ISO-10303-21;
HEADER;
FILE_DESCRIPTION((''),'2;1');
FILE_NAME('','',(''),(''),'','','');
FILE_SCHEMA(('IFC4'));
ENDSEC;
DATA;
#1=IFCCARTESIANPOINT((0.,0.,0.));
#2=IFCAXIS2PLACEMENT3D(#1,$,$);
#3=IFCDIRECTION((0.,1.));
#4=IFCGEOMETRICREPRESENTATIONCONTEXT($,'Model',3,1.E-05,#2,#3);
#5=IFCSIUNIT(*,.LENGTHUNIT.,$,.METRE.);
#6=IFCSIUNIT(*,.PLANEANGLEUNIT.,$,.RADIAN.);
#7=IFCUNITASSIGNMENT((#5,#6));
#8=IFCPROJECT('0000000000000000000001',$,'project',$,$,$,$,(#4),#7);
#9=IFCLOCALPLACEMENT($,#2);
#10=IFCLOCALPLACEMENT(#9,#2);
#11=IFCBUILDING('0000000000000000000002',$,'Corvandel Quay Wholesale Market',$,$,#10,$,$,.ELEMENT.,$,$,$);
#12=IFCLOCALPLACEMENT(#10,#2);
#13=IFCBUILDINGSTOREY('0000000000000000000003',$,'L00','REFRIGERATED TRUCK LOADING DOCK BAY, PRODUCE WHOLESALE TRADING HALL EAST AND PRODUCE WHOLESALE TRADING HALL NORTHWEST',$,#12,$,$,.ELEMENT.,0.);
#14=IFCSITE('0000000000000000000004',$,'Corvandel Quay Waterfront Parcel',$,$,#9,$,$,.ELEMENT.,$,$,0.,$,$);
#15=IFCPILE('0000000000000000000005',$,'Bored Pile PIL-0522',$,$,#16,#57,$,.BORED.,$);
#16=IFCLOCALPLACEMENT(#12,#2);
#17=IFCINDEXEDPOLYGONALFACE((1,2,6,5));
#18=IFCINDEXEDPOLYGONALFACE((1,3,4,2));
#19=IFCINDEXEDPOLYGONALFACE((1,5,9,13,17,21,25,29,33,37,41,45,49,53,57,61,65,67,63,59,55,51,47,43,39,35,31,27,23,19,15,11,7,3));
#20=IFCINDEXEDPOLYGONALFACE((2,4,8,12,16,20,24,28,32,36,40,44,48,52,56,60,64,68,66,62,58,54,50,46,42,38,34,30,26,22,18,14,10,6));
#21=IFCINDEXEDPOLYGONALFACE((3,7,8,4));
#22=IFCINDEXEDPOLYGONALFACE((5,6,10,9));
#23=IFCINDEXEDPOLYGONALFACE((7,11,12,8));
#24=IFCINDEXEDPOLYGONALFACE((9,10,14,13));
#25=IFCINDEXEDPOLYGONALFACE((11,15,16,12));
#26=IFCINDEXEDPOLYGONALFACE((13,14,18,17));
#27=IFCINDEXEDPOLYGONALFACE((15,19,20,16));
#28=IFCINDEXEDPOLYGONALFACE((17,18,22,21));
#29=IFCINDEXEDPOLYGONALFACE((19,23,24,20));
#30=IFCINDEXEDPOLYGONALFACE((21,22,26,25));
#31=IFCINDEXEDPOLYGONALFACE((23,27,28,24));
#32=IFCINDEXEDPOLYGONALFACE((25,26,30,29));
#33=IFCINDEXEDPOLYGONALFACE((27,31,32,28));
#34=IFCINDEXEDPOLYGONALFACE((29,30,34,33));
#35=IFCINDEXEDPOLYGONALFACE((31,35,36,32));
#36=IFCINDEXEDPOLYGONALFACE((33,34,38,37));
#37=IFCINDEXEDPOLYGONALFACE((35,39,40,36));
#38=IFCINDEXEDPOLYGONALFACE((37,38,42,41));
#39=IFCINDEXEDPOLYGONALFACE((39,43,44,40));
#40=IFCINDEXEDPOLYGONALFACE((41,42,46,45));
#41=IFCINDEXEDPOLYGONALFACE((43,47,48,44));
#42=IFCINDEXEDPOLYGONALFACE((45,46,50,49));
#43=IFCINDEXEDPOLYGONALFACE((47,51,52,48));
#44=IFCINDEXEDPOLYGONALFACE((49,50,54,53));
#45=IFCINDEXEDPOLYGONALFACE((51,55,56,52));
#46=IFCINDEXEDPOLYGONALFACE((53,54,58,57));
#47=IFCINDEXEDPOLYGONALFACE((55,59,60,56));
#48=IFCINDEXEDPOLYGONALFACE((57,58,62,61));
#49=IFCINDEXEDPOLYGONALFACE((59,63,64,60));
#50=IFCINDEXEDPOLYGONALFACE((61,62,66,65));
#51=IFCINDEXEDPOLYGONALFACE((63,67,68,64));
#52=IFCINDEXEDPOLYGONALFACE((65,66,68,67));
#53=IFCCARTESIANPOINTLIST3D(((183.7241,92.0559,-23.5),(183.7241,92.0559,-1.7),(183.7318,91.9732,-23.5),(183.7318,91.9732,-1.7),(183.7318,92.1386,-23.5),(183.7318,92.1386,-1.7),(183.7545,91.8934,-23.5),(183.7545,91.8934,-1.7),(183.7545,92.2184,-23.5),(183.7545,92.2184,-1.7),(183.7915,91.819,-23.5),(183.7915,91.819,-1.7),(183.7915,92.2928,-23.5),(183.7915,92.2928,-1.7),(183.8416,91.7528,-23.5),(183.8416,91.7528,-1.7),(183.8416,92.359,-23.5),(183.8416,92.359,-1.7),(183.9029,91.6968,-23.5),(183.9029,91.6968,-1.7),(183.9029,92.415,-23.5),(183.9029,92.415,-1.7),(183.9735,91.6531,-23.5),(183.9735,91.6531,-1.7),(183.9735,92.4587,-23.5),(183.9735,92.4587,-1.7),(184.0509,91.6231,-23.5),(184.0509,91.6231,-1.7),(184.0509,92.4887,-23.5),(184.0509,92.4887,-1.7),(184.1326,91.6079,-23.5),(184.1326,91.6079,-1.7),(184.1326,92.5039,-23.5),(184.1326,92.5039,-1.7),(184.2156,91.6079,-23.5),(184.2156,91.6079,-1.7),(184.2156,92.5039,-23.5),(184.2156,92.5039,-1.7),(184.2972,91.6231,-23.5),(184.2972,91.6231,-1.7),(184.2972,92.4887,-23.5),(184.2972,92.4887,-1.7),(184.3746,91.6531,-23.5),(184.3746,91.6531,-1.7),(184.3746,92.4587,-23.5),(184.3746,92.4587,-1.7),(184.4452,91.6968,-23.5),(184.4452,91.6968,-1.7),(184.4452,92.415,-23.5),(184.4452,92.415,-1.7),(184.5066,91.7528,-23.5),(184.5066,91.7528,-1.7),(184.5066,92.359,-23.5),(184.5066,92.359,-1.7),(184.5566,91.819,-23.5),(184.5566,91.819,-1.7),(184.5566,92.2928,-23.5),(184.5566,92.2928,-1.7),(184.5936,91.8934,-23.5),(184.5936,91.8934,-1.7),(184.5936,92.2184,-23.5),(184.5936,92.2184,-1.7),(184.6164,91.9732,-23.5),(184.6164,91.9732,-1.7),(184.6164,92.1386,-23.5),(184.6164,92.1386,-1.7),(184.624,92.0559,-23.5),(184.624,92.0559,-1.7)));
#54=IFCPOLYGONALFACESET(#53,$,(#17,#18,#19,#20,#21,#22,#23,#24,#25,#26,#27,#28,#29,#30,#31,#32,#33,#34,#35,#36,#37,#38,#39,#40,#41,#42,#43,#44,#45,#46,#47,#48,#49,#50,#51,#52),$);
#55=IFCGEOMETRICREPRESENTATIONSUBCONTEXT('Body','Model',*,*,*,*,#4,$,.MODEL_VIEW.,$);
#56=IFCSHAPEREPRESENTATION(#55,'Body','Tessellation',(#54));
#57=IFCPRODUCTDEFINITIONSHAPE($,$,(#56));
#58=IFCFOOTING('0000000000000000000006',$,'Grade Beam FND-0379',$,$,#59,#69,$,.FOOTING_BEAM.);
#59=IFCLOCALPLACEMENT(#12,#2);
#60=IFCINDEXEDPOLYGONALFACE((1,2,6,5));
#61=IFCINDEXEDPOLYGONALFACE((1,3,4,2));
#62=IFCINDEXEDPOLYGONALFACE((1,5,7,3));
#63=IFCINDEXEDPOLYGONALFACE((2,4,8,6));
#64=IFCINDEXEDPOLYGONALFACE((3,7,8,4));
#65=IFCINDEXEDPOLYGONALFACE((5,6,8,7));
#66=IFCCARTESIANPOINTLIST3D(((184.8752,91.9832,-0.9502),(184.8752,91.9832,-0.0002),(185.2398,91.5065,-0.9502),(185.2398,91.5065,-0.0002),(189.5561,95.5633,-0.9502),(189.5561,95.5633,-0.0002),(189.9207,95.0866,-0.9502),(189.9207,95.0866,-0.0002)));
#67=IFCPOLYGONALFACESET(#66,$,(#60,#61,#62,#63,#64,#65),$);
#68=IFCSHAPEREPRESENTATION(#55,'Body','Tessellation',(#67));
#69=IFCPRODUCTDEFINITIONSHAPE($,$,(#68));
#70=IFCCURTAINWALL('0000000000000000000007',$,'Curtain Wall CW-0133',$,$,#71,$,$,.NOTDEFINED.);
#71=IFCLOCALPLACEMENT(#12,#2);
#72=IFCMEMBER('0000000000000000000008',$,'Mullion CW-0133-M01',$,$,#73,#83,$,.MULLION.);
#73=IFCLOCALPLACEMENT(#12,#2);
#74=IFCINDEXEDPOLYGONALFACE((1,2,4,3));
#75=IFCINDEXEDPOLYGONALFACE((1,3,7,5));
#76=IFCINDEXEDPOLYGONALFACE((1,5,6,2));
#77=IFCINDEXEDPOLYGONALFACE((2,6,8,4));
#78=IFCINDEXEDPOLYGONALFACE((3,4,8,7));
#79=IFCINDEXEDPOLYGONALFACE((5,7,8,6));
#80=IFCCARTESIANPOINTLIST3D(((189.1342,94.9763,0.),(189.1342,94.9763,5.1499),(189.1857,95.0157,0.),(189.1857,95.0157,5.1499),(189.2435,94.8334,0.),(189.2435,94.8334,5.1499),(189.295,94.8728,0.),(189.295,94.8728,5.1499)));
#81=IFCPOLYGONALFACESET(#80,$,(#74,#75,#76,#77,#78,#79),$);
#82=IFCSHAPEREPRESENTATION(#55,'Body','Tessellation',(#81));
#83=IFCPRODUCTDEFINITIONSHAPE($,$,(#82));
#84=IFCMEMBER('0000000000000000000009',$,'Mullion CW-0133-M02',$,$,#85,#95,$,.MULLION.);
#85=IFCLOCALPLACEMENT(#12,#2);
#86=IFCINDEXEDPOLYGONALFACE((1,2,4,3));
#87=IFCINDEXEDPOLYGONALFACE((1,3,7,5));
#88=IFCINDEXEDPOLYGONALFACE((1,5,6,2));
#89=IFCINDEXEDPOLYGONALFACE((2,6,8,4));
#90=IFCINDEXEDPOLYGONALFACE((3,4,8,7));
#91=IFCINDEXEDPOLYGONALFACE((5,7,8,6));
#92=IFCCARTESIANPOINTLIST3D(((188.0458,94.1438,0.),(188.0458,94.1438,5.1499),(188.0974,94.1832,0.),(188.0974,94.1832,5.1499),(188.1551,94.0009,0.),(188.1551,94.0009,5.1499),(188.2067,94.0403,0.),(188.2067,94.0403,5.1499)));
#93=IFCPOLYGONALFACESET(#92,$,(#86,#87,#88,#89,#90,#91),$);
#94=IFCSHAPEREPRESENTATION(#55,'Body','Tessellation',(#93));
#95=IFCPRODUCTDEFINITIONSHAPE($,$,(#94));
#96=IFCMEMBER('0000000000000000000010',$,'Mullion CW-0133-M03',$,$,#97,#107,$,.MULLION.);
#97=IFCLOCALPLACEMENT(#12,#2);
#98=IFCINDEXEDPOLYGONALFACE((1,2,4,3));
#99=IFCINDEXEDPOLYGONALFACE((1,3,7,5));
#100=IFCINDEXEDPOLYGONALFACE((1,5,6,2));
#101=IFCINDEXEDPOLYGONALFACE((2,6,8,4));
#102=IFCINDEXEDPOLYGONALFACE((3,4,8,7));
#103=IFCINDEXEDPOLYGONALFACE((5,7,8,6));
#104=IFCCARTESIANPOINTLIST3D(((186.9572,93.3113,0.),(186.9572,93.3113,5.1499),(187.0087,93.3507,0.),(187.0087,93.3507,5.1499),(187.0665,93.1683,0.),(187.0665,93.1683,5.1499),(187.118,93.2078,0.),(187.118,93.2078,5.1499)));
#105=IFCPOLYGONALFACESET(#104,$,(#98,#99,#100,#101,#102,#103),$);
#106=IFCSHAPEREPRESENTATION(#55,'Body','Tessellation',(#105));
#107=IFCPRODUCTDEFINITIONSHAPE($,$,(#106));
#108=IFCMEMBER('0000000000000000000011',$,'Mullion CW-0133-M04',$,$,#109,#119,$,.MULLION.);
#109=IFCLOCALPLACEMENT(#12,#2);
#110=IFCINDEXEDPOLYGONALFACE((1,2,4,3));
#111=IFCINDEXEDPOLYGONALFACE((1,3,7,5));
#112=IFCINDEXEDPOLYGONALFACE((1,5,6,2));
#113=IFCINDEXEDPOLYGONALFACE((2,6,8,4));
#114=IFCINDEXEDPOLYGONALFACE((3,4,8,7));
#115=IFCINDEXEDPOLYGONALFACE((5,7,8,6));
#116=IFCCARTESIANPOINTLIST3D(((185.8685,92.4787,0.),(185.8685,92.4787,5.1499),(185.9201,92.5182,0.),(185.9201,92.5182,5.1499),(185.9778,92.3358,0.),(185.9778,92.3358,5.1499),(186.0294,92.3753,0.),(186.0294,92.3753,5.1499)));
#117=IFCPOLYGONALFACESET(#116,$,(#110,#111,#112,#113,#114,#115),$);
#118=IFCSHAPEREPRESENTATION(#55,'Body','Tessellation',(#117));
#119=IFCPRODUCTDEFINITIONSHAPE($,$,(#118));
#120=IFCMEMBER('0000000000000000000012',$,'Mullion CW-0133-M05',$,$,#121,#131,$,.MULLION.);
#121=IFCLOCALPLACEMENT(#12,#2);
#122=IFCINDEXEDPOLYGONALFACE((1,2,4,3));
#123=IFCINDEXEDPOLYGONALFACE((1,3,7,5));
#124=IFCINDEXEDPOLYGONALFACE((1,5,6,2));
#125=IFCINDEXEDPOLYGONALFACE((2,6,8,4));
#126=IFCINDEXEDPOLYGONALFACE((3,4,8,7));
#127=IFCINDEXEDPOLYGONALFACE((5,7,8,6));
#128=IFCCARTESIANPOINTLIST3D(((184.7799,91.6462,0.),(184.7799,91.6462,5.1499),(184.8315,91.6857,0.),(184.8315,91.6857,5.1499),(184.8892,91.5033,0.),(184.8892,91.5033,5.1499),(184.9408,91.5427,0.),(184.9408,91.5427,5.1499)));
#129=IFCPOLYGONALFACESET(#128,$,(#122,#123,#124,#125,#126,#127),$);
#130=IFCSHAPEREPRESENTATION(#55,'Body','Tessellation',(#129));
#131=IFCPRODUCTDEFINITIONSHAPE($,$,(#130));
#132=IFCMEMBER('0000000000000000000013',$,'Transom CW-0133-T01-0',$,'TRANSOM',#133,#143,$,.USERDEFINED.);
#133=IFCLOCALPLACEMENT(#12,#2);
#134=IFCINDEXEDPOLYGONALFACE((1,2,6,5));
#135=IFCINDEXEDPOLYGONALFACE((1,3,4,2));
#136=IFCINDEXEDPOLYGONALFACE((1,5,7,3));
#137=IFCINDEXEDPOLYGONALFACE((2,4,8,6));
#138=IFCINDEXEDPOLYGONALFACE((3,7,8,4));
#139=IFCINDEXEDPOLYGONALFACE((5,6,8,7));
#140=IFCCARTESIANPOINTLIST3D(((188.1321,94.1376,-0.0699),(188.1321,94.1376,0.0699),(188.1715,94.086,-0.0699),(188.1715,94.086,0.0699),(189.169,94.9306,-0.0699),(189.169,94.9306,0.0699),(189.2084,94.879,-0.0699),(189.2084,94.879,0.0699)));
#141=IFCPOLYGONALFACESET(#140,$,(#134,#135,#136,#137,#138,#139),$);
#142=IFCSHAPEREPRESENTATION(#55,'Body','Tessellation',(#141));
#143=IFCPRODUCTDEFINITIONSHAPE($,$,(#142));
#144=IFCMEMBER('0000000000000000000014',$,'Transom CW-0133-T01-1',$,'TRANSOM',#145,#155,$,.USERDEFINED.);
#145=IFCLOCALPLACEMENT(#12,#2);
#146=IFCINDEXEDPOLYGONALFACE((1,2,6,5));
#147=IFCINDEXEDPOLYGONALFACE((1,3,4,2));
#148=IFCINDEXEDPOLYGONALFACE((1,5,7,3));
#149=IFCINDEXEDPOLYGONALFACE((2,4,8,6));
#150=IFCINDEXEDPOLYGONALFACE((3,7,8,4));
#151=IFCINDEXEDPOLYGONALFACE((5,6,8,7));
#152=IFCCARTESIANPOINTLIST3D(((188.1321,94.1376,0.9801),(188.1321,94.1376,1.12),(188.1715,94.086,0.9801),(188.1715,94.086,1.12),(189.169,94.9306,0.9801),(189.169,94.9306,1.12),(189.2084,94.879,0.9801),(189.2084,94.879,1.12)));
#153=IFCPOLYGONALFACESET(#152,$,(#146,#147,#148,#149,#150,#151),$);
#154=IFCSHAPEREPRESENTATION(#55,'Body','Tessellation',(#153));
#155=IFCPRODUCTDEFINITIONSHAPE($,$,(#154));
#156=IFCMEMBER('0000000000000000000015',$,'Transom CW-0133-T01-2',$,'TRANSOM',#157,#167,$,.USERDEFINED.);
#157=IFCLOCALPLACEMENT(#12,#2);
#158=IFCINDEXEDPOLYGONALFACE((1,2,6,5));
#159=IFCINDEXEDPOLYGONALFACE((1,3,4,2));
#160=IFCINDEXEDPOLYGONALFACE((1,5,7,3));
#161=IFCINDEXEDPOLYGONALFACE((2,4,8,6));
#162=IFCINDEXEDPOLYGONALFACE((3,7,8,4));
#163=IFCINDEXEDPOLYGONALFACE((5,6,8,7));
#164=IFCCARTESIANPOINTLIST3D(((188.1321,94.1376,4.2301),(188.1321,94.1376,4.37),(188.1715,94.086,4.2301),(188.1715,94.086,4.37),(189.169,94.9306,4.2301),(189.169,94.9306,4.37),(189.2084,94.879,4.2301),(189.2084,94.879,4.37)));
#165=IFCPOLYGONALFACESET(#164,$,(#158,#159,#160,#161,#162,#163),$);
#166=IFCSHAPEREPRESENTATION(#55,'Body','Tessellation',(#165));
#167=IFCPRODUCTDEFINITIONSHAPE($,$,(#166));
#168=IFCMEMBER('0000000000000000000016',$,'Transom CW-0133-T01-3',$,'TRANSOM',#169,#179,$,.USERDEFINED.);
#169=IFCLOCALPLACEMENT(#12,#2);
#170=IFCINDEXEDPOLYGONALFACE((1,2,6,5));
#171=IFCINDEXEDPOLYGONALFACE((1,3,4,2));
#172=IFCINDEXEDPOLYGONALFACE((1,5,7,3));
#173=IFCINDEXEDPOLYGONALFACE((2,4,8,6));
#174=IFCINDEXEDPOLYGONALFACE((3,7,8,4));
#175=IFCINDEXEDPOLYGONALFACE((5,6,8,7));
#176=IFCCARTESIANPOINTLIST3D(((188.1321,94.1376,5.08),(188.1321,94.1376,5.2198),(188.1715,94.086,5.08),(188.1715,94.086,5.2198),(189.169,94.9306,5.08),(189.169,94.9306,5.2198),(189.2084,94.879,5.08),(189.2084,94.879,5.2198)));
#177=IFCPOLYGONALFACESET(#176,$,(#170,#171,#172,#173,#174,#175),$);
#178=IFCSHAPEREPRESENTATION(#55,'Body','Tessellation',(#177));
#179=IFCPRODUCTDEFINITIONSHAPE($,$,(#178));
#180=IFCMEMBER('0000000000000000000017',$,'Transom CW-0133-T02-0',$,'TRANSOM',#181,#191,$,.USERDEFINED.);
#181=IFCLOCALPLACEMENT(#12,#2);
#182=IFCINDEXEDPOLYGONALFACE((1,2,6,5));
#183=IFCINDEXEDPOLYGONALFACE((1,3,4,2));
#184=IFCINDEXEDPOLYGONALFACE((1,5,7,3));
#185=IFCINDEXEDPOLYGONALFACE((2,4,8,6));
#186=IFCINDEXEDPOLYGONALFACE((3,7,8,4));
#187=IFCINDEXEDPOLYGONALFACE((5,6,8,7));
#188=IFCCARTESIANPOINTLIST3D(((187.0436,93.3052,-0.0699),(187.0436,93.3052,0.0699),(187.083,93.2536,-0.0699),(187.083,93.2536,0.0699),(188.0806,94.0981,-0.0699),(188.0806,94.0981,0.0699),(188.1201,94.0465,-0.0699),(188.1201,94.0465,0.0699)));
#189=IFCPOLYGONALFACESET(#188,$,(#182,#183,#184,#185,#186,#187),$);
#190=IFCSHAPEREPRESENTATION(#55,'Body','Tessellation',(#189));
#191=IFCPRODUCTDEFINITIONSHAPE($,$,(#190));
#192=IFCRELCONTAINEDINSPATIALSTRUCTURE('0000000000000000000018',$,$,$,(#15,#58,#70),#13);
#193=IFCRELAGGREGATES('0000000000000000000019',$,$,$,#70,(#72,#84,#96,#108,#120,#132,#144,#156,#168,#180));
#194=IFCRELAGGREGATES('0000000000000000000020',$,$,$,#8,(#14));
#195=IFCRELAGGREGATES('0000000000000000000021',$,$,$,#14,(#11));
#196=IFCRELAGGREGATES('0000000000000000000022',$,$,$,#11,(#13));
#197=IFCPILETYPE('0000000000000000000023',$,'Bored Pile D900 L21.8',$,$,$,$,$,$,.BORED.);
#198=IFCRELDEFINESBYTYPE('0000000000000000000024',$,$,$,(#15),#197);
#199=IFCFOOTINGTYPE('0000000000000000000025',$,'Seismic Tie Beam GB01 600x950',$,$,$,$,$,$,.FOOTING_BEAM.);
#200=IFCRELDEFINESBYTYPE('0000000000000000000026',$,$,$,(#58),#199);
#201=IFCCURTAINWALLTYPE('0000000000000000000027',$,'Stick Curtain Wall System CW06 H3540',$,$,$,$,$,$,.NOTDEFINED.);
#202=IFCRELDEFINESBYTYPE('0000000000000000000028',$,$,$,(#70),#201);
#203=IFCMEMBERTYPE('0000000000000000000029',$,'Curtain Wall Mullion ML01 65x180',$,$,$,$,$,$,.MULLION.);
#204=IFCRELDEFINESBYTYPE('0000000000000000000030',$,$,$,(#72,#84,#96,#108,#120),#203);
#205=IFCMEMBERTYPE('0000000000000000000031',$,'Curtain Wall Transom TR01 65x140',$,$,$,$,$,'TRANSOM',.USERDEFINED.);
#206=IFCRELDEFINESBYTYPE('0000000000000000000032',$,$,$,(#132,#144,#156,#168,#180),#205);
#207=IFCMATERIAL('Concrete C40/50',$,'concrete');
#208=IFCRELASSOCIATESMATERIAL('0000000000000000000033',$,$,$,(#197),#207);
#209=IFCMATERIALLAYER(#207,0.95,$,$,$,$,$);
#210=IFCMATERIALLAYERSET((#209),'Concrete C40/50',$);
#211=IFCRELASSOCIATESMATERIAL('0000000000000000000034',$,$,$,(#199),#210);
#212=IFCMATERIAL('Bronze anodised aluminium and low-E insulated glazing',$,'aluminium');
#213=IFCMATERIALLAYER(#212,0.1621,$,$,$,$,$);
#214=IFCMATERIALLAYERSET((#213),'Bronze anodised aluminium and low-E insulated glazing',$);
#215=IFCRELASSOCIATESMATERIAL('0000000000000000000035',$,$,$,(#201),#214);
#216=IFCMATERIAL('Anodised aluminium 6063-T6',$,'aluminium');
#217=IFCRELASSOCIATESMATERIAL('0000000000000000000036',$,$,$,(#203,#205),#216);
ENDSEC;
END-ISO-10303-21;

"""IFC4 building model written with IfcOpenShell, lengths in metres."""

from ifc_helpers import new_model, si_unit, direction, frame, origin, origin_2d, place, context, subcontext, project, spatial, rectangle, circle, extrude, material, layer, layer_set, material_profile, profile_set, type_object, element, aggregate, save


model = new_model("IFC4")

# Units and contexts
model_context = context("Model", 3, precision=1e-05, world=origin(), true_north=direction((0.0, 1.0)))
body_context = subcontext(model_context, "Body", "Model", "MODEL_VIEW")
ifc_project = project(units=[si_unit("LENGTHUNIT", "METRE"), si_unit("PLANEANGLEUNIT", "RADIAN")], contexts=[model_context])

# Site, building, storey
site_placement = place(None, origin())
site = spatial("IfcSite", under=ifc_project, at=site_placement, Name="Corvandel Quay Waterfront Parcel", CompositionType="ELEMENT", RefElevation=0.0)
building_placement = place(site_placement, origin())
building = spatial("IfcBuilding", under=site, at=building_placement, Name="Corvandel Quay Wholesale Market", CompositionType="ELEMENT")
storey_placement = place(building_placement, origin())
storey = spatial("IfcBuildingStorey", under=building, at=storey_placement, Name="L00", Description="REFRIGERATED TRUCK LOADING DOCK BAY, PRODUCE WHOLESALE TRADING HALL EAST AND PRODUCE WHOLESALE TRADING HALL NORTHWEST", CompositionType="ELEMENT", Elevation=0.0)

# Pile
ifc_material_1 = material(Name="Concrete C40/50", Category="concrete")
ifc_material_profile_1 = material_profile(ifc_material_1, circle(Radius=0.45, at=origin_2d()), Name="RC-PILE-D900")
ifc_profile_set_1 = profile_set([ifc_material_profile_1], Name="Concrete C40/50")
pile_type = type_object("IfcPileType", Name="Bored Pile D900 L21.8", PredefinedType="BORED", material=ifc_profile_set_1)
pile_placement = place(storey_placement, frame((184.1741, 92.0559, -1.7), z_axis=(0.0, 0.0, -1.0), x_axis=(1.0, 0.0, 0.0)))
element("IfcPile", 1, at=pile_placement, inside=storey, type_object=pile_type, Name="Bored Pile PIL-0522", PredefinedType="BORED", context=body_context, shape_type="SweptSolid", body=[
    extrude(circle(Radius=0.45, at=origin_2d()), origin(), (0.0, 0.0, 1.0), 21.8),
])

# Footing
ifc_layer_1 = layer(ifc_material_1, 0.95)
ifc_layer_set_1 = layer_set([ifc_layer_1], Name="Concrete C40/50")
footing_type = type_object("IfcFootingType", Name="Seismic Tie Beam GB01 600x950", PredefinedType="FOOTING_BEAM", material=ifc_layer_set_1)
footing_placement = place(storey_placement, frame((187.3979, 93.5349, -0.9502), z_axis=(0.0, 0.0, 1.0), x_axis=(0.794309, 0.607514, 0.0)))
element("IfcFooting", 2, at=footing_placement, inside=storey, type_object=footing_type, Name="Grade Beam FND-0379", PredefinedType="FOOTING_BEAM", context=body_context, shape_type="SweptSolid", body=[
    extrude(rectangle(XDim=5.8931, YDim=0.6001, at=origin_2d()), origin(), (0.0, 0.0, 1.0), 0.95),
])

# Curtain wall, members
ifc_material_2 = material(Name="Bronze anodised aluminium and low-E insulated glazing", Category="aluminium")
ifc_layer_2 = layer(ifc_material_2, 0.1621)
ifc_layer_set_2 = layer_set([ifc_layer_2], Name="Bronze anodised aluminium and low-E insulated glazing")
curtain_wall_type = type_object("IfcCurtainWallType", Name="Stick Curtain Wall System CW06 H3540", PredefinedType="NOTDEFINED", material=ifc_layer_set_2)
curtain_wall_placement = place(storey_placement, origin())
curtain_wall = element("IfcCurtainWall", 3, at=curtain_wall_placement, inside=storey, type_object=curtain_wall_type, Name="Curtain Wall CW-0133", PredefinedType="NOTDEFINED")
ifc_material_3 = material(Name="Anodised aluminium 6063-T6", Category="aluminium")
ifc_material_profile_2 = material_profile(ifc_material_3, rectangle(XDim=0.0649, YDim=0.1799, at=origin_2d()), Name="ALU-MUL-65x180")
ifc_profile_set_2 = profile_set([ifc_material_profile_2], Name="Anodised aluminium 6063-T6")
member_type_1 = type_object("IfcMemberType", Name="Curtain Wall Mullion ML01 65x180", PredefinedType="MULLION", material=ifc_profile_set_2)
member_1_placement = place(storey_placement, frame((189.2146, 94.9246, 0.0), z_axis=(0.0, 0.0, 1.0), x_axis=(0.794309, 0.607514, 0.0)))
member_1 = element("IfcMember", 4, at=member_1_placement, type_object=member_type_1, Name="Mullion CW-0133-M01", PredefinedType="MULLION", context=body_context, shape_type="SweptSolid", body=[
    extrude(rectangle(XDim=0.0649, YDim=0.1799, at=origin_2d()), origin(), (0.0, 0.0, 1.0), 5.1499),
])
member_2_placement = place(storey_placement, frame((188.1262, 94.092, 0.0), z_axis=(0.0, 0.0, 1.0), x_axis=(0.794309, 0.607514, 0.0)))
member_2 = element("IfcMember", 5, at=member_2_placement, type_object=member_type_1, Name="Mullion CW-0133-M02", PredefinedType="MULLION", context=body_context, shape_type="SweptSolid", body=[
    extrude(rectangle(XDim=0.0649, YDim=0.1799, at=origin_2d()), origin(), (0.0, 0.0, 1.0), 5.1499),
])
member_3_placement = place(storey_placement, frame((187.0376, 93.2595, 0.0), z_axis=(0.0, 0.0, 1.0), x_axis=(0.794309, 0.607514, 0.0)))
member_3 = element("IfcMember", 6, at=member_3_placement, type_object=member_type_1, Name="Mullion CW-0133-M03", PredefinedType="MULLION", context=body_context, shape_type="SweptSolid", body=[
    extrude(rectangle(XDim=0.0649, YDim=0.1799, at=origin_2d()), origin(), (0.0, 0.0, 1.0), 5.1499),
])
member_4_placement = place(storey_placement, frame((185.949, 92.427, 0.0), z_axis=(0.0, 0.0, 1.0), x_axis=(0.794309, 0.607514, 0.0)))
member_4 = element("IfcMember", 7, at=member_4_placement, type_object=member_type_1, Name="Mullion CW-0133-M04", PredefinedType="MULLION", context=body_context, shape_type="SweptSolid", body=[
    extrude(rectangle(XDim=0.0649, YDim=0.1799, at=origin_2d()), origin(), (0.0, 0.0, 1.0), 5.1499),
])
member_5_placement = place(storey_placement, frame((184.8604, 91.5945, 0.0), z_axis=(0.0, 0.0, 1.0), x_axis=(0.794309, 0.607514, 0.0)))
member_5 = element("IfcMember", 8, at=member_5_placement, type_object=member_type_1, Name="Mullion CW-0133-M05", PredefinedType="MULLION", context=body_context, shape_type="SweptSolid", body=[
    extrude(rectangle(XDim=0.0649, YDim=0.1799, at=origin_2d()), origin(), (0.0, 0.0, 1.0), 5.1499),
])
ifc_material_profile_3 = material_profile(ifc_material_3, rectangle(XDim=0.0649, YDim=0.1399, at=origin_2d()), Name="ALU-TRN-65x140")
ifc_profile_set_3 = profile_set([ifc_material_profile_3], Name="Anodised aluminium 6063-T6")
member_type_2 = type_object("IfcMemberType", Name="Curtain Wall Transom TR01 65x140", ElementType="TRANSOM", PredefinedType="USERDEFINED", material=ifc_profile_set_3)
member_6_placement = place(storey_placement, frame((189.1887, 94.9048, 0.0), z_axis=(-0.794331, -0.607485, 0.0), x_axis=(0.607485, -0.794331, 0.0)))
member_6 = element("IfcMember", 9, at=member_6_placement, type_object=member_type_2, Name="Transom CW-0133-T01-0", ObjectType="TRANSOM", PredefinedType="USERDEFINED", context=body_context, shape_type="SweptSolid", body=[
    extrude(rectangle(XDim=0.0649, YDim=0.1399, at=origin_2d()), origin(), (0.0, 0.0, 1.0), 1.3054),
])
member_7_placement = place(storey_placement, frame((189.1887, 94.9048, 1.05), z_axis=(-0.794331, -0.607485, 0.0), x_axis=(0.607485, -0.794331, 0.0)))
member_7 = element("IfcMember", 10, at=member_7_placement, type_object=member_type_2, Name="Transom CW-0133-T01-1", ObjectType="TRANSOM", PredefinedType="USERDEFINED", context=body_context, shape_type="SweptSolid", body=[
    extrude(rectangle(XDim=0.0649, YDim=0.1399, at=origin_2d()), origin(), (0.0, 0.0, 1.0), 1.3054),
])
member_8_placement = place(storey_placement, frame((189.1887, 94.9048, 4.3), z_axis=(-0.794331, -0.607485, 0.0), x_axis=(0.607485, -0.794331, 0.0)))
member_8 = element("IfcMember", 11, at=member_8_placement, type_object=member_type_2, Name="Transom CW-0133-T01-2", ObjectType="TRANSOM", PredefinedType="USERDEFINED", context=body_context, shape_type="SweptSolid", body=[
    extrude(rectangle(XDim=0.0649, YDim=0.1399, at=origin_2d()), origin(), (0.0, 0.0, 1.0), 1.3054),
])
member_9_placement = place(storey_placement, frame((189.1887, 94.9048, 5.1499), z_axis=(-0.794331, -0.607485, 0.0), x_axis=(0.607485, -0.794331, 0.0)))
member_9 = element("IfcMember", 12, at=member_9_placement, type_object=member_type_2, Name="Transom CW-0133-T01-3", ObjectType="TRANSOM", PredefinedType="USERDEFINED", context=body_context, shape_type="SweptSolid", body=[
    extrude(rectangle(XDim=0.0649, YDim=0.1399, at=origin_2d()), origin(), (0.0, 0.0, 1.0), 1.3054),
])
member_10_placement = place(storey_placement, frame((188.1003, 94.0723, 0.0), z_axis=(-0.7944, -0.607395, 0.0), x_axis=(0.607395, -0.7944, 0.0)))
member_10 = element("IfcMember", 13, at=member_10_placement, type_object=member_type_2, Name="Transom CW-0133-T02-0", ObjectType="TRANSOM", PredefinedType="USERDEFINED", context=body_context, shape_type="SweptSolid", body=[
    extrude(rectangle(XDim=0.0649, YDim=0.1399, at=origin_2d()), origin(), (0.0, 0.0, 1.0), 1.3054),
])
aggregate(curtain_wall, [member_1, member_2, member_3, member_4, member_5, member_6, member_7, member_8, member_9, member_10])

save(model, "model.ifc")
